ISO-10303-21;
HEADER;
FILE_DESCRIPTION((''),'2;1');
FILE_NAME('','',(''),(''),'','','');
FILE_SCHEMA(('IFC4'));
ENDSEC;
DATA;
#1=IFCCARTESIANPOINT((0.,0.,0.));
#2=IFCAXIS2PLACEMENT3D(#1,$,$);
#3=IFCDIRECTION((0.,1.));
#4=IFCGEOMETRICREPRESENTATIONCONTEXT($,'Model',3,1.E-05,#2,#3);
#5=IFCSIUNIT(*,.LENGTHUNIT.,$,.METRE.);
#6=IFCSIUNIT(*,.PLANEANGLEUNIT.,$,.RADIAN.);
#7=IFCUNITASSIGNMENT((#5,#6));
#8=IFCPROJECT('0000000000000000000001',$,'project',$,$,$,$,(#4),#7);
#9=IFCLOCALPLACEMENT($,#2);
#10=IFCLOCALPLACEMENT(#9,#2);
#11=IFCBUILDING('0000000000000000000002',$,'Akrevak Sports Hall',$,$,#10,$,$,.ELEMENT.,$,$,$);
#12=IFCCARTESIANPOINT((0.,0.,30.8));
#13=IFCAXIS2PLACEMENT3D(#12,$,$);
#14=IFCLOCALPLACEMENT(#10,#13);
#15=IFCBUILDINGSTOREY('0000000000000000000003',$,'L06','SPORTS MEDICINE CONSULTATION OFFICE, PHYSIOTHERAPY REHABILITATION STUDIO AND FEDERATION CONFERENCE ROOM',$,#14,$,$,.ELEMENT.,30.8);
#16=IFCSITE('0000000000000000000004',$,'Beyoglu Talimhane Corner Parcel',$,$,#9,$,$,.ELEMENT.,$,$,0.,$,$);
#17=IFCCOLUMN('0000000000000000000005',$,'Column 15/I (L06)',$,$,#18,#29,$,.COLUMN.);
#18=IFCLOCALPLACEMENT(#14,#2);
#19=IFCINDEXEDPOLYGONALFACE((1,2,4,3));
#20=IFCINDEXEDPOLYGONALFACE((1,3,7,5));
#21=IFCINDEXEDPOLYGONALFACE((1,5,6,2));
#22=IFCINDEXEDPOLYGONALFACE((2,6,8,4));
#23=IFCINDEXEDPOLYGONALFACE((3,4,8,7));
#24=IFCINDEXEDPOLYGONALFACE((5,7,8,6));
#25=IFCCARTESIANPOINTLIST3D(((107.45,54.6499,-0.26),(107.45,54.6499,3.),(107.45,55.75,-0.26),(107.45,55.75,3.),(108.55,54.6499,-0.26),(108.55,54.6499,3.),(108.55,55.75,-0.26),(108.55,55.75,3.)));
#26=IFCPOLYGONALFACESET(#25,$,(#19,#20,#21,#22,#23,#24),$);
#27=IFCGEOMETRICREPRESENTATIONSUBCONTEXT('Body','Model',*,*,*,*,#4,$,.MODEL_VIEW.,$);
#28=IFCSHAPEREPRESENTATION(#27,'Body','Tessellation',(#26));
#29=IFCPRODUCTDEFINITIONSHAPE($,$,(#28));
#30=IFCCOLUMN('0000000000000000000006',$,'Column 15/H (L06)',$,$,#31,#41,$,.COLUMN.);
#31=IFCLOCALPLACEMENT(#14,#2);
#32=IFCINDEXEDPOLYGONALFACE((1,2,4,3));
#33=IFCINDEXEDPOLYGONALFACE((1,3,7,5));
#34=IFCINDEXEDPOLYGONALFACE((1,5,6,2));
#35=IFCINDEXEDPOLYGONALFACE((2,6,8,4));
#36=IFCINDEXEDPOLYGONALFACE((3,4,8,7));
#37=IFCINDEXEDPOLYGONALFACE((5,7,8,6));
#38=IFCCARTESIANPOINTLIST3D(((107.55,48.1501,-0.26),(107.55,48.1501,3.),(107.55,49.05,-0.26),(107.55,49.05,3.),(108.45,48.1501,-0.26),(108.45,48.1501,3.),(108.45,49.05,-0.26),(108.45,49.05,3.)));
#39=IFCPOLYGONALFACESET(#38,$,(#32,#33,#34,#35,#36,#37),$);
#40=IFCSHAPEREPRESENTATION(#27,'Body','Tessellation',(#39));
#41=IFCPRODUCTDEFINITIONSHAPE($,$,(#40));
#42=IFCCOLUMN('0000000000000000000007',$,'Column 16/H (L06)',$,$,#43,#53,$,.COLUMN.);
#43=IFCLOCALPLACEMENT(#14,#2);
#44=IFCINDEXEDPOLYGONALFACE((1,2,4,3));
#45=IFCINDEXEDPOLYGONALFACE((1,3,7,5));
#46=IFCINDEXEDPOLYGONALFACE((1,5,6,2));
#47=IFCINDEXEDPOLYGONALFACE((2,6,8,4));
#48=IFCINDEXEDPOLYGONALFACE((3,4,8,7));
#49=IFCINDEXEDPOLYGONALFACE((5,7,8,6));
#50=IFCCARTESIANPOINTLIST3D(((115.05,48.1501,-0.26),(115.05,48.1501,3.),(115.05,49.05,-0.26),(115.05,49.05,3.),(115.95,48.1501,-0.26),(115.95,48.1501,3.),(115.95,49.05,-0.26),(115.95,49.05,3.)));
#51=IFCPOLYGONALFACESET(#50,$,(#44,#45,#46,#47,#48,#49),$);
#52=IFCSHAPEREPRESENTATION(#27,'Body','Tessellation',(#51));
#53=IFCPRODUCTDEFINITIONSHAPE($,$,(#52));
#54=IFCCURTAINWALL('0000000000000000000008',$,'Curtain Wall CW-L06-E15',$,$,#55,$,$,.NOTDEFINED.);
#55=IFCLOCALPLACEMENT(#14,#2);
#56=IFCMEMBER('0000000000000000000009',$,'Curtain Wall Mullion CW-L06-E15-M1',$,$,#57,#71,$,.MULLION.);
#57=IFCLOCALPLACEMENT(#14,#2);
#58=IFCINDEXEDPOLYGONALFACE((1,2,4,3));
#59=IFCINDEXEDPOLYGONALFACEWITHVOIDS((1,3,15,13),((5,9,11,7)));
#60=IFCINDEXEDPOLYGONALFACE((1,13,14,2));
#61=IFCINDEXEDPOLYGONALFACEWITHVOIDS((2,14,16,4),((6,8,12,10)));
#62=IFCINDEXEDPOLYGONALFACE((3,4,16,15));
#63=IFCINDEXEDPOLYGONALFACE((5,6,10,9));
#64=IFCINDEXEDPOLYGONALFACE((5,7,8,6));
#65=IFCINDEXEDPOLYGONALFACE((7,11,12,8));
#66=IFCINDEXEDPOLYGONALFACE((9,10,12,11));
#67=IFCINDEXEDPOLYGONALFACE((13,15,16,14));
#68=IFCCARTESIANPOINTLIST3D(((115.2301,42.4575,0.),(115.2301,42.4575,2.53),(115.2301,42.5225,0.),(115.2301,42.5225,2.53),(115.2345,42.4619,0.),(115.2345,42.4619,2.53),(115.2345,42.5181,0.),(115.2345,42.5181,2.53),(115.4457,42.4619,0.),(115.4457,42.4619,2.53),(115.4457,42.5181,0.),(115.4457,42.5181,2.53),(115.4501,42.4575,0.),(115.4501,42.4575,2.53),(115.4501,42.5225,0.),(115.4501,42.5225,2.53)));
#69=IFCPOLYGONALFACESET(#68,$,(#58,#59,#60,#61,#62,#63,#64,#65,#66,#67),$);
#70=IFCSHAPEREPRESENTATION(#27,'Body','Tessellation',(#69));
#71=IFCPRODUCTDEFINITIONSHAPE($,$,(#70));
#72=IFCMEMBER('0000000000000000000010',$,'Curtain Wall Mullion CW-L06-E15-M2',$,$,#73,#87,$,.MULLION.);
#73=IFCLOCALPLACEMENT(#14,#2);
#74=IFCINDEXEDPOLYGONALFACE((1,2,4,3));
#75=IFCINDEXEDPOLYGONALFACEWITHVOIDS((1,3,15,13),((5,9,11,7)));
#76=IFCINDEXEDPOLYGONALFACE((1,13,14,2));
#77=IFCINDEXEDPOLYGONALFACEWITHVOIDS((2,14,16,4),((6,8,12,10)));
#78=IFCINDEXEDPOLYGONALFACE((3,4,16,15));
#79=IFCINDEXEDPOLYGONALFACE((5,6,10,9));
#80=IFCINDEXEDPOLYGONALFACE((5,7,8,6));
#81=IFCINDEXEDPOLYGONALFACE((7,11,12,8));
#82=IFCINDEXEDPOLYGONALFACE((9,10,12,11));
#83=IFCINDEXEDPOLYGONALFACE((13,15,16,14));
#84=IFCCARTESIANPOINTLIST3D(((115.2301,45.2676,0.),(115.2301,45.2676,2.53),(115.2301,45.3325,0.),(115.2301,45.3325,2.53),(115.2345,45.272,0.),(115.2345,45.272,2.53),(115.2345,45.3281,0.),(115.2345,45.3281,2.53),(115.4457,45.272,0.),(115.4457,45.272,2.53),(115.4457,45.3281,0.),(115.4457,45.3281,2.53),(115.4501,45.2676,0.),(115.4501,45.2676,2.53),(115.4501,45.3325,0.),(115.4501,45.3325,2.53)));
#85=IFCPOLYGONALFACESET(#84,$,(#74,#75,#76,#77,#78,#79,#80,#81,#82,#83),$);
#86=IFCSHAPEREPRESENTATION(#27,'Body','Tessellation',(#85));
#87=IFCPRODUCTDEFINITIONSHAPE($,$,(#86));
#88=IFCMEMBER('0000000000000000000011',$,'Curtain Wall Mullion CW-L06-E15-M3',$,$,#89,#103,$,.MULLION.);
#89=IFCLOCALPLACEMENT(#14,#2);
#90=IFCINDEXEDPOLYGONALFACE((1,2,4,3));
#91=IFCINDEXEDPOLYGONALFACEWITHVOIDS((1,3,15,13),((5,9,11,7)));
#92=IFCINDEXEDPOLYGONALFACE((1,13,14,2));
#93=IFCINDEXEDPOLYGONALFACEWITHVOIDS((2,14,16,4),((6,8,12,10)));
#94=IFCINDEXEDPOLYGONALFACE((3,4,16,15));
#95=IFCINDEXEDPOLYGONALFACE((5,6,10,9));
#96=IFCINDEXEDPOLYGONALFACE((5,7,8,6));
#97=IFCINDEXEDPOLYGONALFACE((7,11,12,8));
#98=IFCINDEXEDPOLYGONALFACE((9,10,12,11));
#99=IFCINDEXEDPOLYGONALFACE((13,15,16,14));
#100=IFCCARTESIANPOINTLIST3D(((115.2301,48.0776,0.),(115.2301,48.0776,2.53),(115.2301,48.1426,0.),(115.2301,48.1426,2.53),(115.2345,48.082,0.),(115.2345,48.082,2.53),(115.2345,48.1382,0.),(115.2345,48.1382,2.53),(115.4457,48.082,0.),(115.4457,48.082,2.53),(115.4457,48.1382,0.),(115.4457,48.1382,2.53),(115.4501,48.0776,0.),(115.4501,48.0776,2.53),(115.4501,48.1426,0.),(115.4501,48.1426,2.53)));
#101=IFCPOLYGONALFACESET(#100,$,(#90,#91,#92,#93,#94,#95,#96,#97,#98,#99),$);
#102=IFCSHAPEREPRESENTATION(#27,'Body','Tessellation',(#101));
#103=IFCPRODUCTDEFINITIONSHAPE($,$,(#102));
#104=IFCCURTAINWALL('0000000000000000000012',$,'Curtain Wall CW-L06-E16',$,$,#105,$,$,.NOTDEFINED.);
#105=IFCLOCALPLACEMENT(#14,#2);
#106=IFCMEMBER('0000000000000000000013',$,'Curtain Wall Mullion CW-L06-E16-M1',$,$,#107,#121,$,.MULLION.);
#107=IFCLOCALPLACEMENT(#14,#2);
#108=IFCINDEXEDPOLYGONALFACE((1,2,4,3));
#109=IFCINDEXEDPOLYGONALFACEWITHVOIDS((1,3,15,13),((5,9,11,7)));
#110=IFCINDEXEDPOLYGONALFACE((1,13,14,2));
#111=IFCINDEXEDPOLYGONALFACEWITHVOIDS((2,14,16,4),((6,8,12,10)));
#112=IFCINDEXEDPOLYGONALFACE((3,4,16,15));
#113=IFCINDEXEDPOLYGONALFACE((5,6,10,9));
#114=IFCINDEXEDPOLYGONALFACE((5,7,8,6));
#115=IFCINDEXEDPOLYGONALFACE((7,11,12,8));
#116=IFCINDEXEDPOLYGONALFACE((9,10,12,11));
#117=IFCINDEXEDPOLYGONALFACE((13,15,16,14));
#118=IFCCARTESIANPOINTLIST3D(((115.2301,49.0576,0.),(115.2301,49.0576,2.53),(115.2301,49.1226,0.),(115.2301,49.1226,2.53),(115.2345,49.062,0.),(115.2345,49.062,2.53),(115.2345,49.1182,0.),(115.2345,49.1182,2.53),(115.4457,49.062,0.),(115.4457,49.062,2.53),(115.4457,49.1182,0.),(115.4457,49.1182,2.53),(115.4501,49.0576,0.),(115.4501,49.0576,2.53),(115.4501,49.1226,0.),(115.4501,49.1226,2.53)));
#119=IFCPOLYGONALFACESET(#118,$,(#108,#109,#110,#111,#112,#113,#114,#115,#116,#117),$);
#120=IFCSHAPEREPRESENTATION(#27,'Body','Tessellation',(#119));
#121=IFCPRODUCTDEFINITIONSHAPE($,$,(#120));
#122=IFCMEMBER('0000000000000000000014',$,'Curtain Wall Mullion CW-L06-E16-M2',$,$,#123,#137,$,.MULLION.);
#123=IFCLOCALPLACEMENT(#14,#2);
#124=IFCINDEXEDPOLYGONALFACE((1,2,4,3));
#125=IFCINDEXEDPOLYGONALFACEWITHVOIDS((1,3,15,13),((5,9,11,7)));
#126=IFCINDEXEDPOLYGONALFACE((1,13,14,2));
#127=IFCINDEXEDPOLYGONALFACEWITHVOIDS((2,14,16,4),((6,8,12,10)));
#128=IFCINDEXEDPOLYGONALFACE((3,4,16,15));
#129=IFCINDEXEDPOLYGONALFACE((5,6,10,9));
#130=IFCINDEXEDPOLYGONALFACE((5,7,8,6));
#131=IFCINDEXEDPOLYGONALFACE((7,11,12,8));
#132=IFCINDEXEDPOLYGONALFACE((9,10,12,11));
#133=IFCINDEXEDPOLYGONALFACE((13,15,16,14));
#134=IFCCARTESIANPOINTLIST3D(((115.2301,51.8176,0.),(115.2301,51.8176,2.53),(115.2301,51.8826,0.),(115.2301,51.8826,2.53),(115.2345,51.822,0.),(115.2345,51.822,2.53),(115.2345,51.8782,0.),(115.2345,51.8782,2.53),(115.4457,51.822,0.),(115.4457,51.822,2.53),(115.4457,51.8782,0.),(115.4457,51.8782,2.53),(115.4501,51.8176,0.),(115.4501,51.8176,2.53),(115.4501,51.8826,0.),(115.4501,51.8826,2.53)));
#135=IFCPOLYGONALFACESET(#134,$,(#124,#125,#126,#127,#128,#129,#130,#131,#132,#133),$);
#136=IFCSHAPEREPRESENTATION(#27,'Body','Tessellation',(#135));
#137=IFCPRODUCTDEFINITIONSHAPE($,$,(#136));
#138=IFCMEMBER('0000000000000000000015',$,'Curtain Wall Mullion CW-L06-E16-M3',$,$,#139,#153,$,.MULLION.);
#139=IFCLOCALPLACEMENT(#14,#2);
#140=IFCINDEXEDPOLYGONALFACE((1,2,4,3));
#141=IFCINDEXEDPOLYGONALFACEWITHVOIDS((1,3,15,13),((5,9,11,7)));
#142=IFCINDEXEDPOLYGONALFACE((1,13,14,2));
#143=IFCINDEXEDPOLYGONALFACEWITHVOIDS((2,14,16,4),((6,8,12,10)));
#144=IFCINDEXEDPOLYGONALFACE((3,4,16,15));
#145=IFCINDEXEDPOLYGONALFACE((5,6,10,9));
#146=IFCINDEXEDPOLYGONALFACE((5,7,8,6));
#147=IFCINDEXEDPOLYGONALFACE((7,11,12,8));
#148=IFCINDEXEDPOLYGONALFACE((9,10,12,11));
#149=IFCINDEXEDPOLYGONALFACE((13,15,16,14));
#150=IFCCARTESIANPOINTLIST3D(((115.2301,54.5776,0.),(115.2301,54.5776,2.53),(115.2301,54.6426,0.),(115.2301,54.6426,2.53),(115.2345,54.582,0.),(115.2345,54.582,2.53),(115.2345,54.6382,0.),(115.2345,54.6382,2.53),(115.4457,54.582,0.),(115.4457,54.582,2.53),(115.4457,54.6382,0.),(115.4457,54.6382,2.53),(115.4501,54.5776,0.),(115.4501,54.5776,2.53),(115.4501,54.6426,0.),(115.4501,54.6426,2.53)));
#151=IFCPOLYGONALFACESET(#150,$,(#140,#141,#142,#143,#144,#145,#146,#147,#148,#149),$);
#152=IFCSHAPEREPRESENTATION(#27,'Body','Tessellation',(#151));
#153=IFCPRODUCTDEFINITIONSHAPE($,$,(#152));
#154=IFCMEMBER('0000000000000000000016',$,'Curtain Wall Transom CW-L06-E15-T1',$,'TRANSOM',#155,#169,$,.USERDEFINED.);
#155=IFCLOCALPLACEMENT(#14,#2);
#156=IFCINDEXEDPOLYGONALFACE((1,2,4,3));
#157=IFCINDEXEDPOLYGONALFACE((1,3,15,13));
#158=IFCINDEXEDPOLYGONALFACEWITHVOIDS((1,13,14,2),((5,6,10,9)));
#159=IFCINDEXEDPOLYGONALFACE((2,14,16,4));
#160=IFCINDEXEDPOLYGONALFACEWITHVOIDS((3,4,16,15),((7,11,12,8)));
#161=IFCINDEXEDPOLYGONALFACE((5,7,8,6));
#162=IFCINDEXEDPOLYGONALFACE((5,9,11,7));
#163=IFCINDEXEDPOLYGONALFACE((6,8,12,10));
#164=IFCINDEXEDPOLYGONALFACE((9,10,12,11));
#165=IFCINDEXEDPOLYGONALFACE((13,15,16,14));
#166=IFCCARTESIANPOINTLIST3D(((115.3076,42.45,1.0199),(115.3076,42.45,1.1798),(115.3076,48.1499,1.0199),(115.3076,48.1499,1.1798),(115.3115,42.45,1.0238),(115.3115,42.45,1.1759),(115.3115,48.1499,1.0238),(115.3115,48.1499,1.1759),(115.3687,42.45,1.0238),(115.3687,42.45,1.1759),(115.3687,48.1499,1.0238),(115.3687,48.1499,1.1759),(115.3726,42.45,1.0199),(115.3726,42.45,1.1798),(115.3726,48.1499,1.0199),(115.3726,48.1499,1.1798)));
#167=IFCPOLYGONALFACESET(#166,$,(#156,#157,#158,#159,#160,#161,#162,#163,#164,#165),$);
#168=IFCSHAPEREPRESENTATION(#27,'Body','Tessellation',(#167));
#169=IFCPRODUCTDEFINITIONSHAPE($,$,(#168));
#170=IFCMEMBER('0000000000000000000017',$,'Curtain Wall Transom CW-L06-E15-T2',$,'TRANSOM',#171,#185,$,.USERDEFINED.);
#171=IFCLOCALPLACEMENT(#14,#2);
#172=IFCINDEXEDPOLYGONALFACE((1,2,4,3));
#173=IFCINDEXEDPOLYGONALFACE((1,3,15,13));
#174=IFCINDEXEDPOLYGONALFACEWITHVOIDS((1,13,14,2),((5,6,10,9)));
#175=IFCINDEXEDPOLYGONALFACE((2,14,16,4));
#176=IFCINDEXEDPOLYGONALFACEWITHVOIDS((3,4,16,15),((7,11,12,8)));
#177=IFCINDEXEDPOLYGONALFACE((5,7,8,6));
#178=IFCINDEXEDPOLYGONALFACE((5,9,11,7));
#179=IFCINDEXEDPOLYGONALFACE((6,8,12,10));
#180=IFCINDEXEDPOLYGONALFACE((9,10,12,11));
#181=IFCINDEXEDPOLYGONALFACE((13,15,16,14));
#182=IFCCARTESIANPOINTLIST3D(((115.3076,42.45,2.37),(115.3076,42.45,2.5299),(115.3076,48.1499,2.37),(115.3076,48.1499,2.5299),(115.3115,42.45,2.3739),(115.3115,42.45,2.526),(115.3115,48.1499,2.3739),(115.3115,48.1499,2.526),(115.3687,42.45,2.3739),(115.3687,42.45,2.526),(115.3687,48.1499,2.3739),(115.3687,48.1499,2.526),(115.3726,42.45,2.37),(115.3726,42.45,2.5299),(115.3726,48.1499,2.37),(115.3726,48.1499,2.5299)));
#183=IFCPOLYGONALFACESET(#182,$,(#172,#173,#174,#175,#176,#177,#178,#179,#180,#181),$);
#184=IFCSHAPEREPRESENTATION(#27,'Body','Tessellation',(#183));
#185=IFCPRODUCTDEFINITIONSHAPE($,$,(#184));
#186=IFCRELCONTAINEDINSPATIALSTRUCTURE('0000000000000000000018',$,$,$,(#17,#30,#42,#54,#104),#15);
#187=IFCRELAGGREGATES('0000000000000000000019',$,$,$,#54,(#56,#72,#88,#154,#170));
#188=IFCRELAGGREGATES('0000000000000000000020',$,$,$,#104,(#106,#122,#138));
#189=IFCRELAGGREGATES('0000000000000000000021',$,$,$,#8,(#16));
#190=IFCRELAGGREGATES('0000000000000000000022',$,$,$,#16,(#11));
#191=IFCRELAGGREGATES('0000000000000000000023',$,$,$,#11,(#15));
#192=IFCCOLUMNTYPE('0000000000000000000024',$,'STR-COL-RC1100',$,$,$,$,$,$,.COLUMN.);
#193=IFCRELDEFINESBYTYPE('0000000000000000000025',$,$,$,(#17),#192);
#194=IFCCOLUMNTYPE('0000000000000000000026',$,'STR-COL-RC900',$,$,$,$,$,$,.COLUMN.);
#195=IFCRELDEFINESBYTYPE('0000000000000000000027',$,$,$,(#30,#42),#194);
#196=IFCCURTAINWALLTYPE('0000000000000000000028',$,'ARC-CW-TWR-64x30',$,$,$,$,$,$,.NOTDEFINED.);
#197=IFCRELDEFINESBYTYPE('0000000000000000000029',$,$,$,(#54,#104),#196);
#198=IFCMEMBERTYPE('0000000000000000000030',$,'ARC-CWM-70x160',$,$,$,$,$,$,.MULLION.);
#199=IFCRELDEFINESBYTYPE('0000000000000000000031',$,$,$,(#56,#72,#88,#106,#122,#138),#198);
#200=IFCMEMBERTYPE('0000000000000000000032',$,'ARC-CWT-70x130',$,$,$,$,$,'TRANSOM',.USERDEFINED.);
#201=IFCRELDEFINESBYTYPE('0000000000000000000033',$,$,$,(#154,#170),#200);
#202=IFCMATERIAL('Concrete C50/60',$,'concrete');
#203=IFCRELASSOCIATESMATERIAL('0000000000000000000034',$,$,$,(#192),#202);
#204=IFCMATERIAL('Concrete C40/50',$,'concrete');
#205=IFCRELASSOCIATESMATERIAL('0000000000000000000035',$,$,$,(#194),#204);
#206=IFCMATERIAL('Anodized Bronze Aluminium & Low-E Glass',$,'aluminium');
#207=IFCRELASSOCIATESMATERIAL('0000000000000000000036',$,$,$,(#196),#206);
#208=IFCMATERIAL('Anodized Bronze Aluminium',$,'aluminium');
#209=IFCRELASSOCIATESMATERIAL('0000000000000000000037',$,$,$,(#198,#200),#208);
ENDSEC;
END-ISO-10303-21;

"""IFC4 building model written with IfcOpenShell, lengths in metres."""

from ifc_helpers import new_model, si_unit, direction, frame, origin, origin_2d, place, context, subcontext, project, spatial, rectangle, hollow_rectangle, extrude, material, material_profile, profile_set, type_object, element, aggregate, save


model = new_model("IFC4")

# Units and contexts
model_context = context("Model", 3, precision=1e-05, world=origin(), true_north=direction((0.0, 1.0)))
body_context = subcontext(model_context, "Body", "Model", "MODEL_VIEW")
ifc_project = project(units=[si_unit("LENGTHUNIT", "METRE"), si_unit("PLANEANGLEUNIT", "RADIAN")], contexts=[model_context])

# Site, building, storey
site_placement = place(None, origin())
site = spatial("IfcSite", under=ifc_project, at=site_placement, Name="Beyoglu Talimhane Corner Parcel", CompositionType="ELEMENT", RefElevation=0.0)
building_placement = place(site_placement, origin())
building = spatial("IfcBuilding", under=site, at=building_placement, Name="Akrevak Sports Hall", CompositionType="ELEMENT")
storey_placement = place(building_placement, frame((0.0, 0.0, 30.8)))
storey = spatial("IfcBuildingStorey", under=building, at=storey_placement, Name="L06", Description="SPORTS MEDICINE CONSULTATION OFFICE, PHYSIOTHERAPY REHABILITATION STUDIO AND FEDERATION CONFERENCE ROOM", CompositionType="ELEMENT", Elevation=30.8)

# Columns
ifc_material_1 = material(Name="Concrete C50/60", Category="concrete")
ifc_material_profile_1 = material_profile(ifc_material_1, rectangle(XDim=1.1001, YDim=1.1001, at=origin_2d()), Name="RC 1100x1100", Category="concrete")
ifc_profile_set_1 = profile_set([ifc_material_profile_1], Name="Concrete C50/60")
column_type_1 = type_object("IfcColumnType", Name="STR-COL-RC1100", PredefinedType="COLUMN", material=ifc_profile_set_1)
column_placement = place(storey_placement, frame((108.0, 55.2, -0.26), z_axis=(0.0, 0.0, 1.0), x_axis=(1.0, 0.0, 0.0)))
element("IfcColumn", 1, at=column_placement, inside=storey, type_object=column_type_1, Name="Column 15/I (L06)", PredefinedType="COLUMN", context=body_context, shape_type="SweptSolid", body=[
    extrude(rectangle(XDim=1.1001, YDim=1.1001, at=origin_2d()), origin(), (0.0, 0.0, 1.0), 3.26),
])
ifc_material_2 = material(Name="Concrete C40/50", Category="concrete")
ifc_material_profile_2 = material_profile(ifc_material_2, rectangle(XDim=0.8999, YDim=0.8999, at=origin_2d()), Name="RC 900x900", Category="concrete")
ifc_profile_set_2 = profile_set([ifc_material_profile_2], Name="Concrete C40/50")
column_type_2 = type_object("IfcColumnType", Name="STR-COL-RC900", PredefinedType="COLUMN", material=ifc_profile_set_2)
for number, where, z_axis, x_axis, name in (
    (2, (108.0, 48.6001, -0.26), (0.0, 0.0, 1.0), (1.0, 0.0, 0.0), "Column 15/H (L06)"),
    (3, (115.5, 48.6001, -0.26), (0.0, 0.0, 1.0), (1.0, 0.0, 0.0), "Column 16/H (L06)"),
):
    element("IfcColumn", number, at=place(storey_placement, frame(where, z_axis=z_axis, x_axis=x_axis)), inside=storey, type_object=column_type_2, Name=name, PredefinedType="COLUMN", context=body_context, shape_type="SweptSolid", body=[
        extrude(rectangle(XDim=0.8999, YDim=0.8999, at=origin_2d()), origin(), (0.0, 0.0, 1.0), 3.26),
    ])

# Curtain walls, members
ifc_material_3 = material(Name="Anodized Bronze Aluminium & Low-E Glass", Category="aluminium")
curtain_wall_type = type_object("IfcCurtainWallType", Name="ARC-CW-TWR-64x30", PredefinedType="NOTDEFINED", material=ifc_material_3)
curtain_wall_1_placement = place(storey_placement, origin())
curtain_wall_1 = element("IfcCurtainWall", 4, at=curtain_wall_1_placement, inside=storey, type_object=curtain_wall_type, Name="Curtain Wall CW-L06-E15", PredefinedType="NOTDEFINED")
ifc_material_4 = material(Name="Anodized Bronze Aluminium", Category="aluminium")
ifc_material_profile_3 = material_profile(ifc_material_4, hollow_rectangle(XDim=0.0649, YDim=0.22, WallThickness=0.0044, at=origin_2d()), Name="CWM 65x220", Category="aluminium")
ifc_profile_set_3 = profile_set([ifc_material_profile_3], Name="Anodized Bronze Aluminium")
member_type_1 = type_object("IfcMemberType", Name="ARC-CWM-70x160", PredefinedType="MULLION", material=ifc_profile_set_3)
member_1_placement = place(storey_placement, frame((115.3401, 42.49, 0.0), z_axis=(0.0, 0.0, 1.0), x_axis=(0.0, 1.0, 0.0)))
member_1 = element("IfcMember", 5, at=member_1_placement, type_object=member_type_1, Name="Curtain Wall Mullion CW-L06-E15-M1", PredefinedType="MULLION", context=body_context, shape_type="SweptSolid", body=[
    extrude(hollow_rectangle(XDim=0.0649, YDim=0.22, WallThickness=0.0044, at=origin_2d()), origin(), (0.0, 0.0, 1.0), 2.53),
])
member_2_placement = place(storey_placement, frame((115.3401, 45.3, 0.0), z_axis=(0.0, 0.0, 1.0), x_axis=(0.0, 1.0, 0.0)))
member_2 = element("IfcMember", 6, at=member_2_placement, type_object=member_type_1, Name="Curtain Wall Mullion CW-L06-E15-M2", PredefinedType="MULLION", context=body_context, shape_type="SweptSolid", body=[
    extrude(hollow_rectangle(XDim=0.0649, YDim=0.22, WallThickness=0.0044, at=origin_2d()), origin(), (0.0, 0.0, 1.0), 2.53),
])
member_3_placement = place(storey_placement, frame((115.3401, 48.1101, 0.0), z_axis=(0.0, 0.0, 1.0), x_axis=(0.0, 1.0, 0.0)))
member_3 = element("IfcMember", 7, at=member_3_placement, type_object=member_type_1, Name="Curtain Wall Mullion CW-L06-E15-M3", PredefinedType="MULLION", context=body_context, shape_type="SweptSolid", body=[
    extrude(hollow_rectangle(XDim=0.0649, YDim=0.22, WallThickness=0.0044, at=origin_2d()), origin(), (0.0, 0.0, 1.0), 2.53),
])
curtain_wall_2_placement = place(storey_placement, origin())
curtain_wall_2 = element("IfcCurtainWall", 8, at=curtain_wall_2_placement, inside=storey, type_object=curtain_wall_type, Name="Curtain Wall CW-L06-E16", PredefinedType="NOTDEFINED")
member_4_placement = place(storey_placement, frame((115.3401, 49.0901, 0.0), z_axis=(0.0, 0.0, 1.0), x_axis=(0.0, 1.0, 0.0)))
member_4 = element("IfcMember", 9, at=member_4_placement, type_object=member_type_1, Name="Curtain Wall Mullion CW-L06-E16-M1", PredefinedType="MULLION", context=body_context, shape_type="SweptSolid", body=[
    extrude(hollow_rectangle(XDim=0.0649, YDim=0.22, WallThickness=0.0044, at=origin_2d()), origin(), (0.0, 0.0, 1.0), 2.53),
])
member_5_placement = place(storey_placement, frame((115.3401, 51.8501, 0.0), z_axis=(0.0, 0.0, 1.0), x_axis=(0.0, 1.0, 0.0)))
member_5 = element("IfcMember", 10, at=member_5_placement, type_object=member_type_1, Name="Curtain Wall Mullion CW-L06-E16-M2", PredefinedType="MULLION", context=body_context, shape_type="SweptSolid", body=[
    extrude(hollow_rectangle(XDim=0.0649, YDim=0.22, WallThickness=0.0044, at=origin_2d()), origin(), (0.0, 0.0, 1.0), 2.53),
])
member_6_placement = place(storey_placement, frame((115.3401, 54.6101, 0.0), z_axis=(0.0, 0.0, 1.0), x_axis=(0.0, 1.0, 0.0)))
member_6 = element("IfcMember", 11, at=member_6_placement, type_object=member_type_1, Name="Curtain Wall Mullion CW-L06-E16-M3", PredefinedType="MULLION", context=body_context, shape_type="SweptSolid", body=[
    extrude(hollow_rectangle(XDim=0.0649, YDim=0.22, WallThickness=0.0044, at=origin_2d()), origin(), (0.0, 0.0, 1.0), 2.53),
])

# Members
ifc_material_profile_4 = material_profile(ifc_material_4, hollow_rectangle(XDim=0.0649, YDim=0.1599, WallThickness=0.0039, at=origin_2d()), Name="CWT 65x160", Category="aluminium")
ifc_profile_set_4 = profile_set([ifc_material_profile_4], Name="Anodized Bronze Aluminium")
member_type_2 = type_object("IfcMemberType", Name="ARC-CWT-70x130", ElementType="TRANSOM", PredefinedType="USERDEFINED", material=ifc_profile_set_4)
member_7_placement = place(storey_placement, frame((115.3401, 42.45, 1.0999), z_axis=(0.0, 1.0, 0.0), x_axis=(-1.0, 0.0, 0.0)))
member_7 = element("IfcMember", 12, at=member_7_placement, type_object=member_type_2, Name="Curtain Wall Transom CW-L06-E15-T1", ObjectType="TRANSOM", PredefinedType="USERDEFINED", context=body_context, shape_type="SweptSolid", body=[
    extrude(hollow_rectangle(XDim=0.0649, YDim=0.1599, WallThickness=0.0039, at=origin_2d()), origin(), (0.0, 0.0, 1.0), 5.7),
])
member_8_placement = place(storey_placement, frame((115.3401, 42.45, 2.45), z_axis=(0.0, 1.0, 0.0), x_axis=(-1.0, 0.0, 0.0)))
member_8 = element("IfcMember", 13, at=member_8_placement, type_object=member_type_2, Name="Curtain Wall Transom CW-L06-E15-T2", ObjectType="TRANSOM", PredefinedType="USERDEFINED", context=body_context, shape_type="SweptSolid", body=[
    extrude(hollow_rectangle(XDim=0.0649, YDim=0.1599, WallThickness=0.0039, at=origin_2d()), origin(), (0.0, 0.0, 1.0), 5.7),
])

aggregate(curtain_wall_1, [member_1, member_2, member_3, member_7, member_8])
aggregate(curtain_wall_2, [member_4, member_5, member_6])

save(model, "model.ifc")
